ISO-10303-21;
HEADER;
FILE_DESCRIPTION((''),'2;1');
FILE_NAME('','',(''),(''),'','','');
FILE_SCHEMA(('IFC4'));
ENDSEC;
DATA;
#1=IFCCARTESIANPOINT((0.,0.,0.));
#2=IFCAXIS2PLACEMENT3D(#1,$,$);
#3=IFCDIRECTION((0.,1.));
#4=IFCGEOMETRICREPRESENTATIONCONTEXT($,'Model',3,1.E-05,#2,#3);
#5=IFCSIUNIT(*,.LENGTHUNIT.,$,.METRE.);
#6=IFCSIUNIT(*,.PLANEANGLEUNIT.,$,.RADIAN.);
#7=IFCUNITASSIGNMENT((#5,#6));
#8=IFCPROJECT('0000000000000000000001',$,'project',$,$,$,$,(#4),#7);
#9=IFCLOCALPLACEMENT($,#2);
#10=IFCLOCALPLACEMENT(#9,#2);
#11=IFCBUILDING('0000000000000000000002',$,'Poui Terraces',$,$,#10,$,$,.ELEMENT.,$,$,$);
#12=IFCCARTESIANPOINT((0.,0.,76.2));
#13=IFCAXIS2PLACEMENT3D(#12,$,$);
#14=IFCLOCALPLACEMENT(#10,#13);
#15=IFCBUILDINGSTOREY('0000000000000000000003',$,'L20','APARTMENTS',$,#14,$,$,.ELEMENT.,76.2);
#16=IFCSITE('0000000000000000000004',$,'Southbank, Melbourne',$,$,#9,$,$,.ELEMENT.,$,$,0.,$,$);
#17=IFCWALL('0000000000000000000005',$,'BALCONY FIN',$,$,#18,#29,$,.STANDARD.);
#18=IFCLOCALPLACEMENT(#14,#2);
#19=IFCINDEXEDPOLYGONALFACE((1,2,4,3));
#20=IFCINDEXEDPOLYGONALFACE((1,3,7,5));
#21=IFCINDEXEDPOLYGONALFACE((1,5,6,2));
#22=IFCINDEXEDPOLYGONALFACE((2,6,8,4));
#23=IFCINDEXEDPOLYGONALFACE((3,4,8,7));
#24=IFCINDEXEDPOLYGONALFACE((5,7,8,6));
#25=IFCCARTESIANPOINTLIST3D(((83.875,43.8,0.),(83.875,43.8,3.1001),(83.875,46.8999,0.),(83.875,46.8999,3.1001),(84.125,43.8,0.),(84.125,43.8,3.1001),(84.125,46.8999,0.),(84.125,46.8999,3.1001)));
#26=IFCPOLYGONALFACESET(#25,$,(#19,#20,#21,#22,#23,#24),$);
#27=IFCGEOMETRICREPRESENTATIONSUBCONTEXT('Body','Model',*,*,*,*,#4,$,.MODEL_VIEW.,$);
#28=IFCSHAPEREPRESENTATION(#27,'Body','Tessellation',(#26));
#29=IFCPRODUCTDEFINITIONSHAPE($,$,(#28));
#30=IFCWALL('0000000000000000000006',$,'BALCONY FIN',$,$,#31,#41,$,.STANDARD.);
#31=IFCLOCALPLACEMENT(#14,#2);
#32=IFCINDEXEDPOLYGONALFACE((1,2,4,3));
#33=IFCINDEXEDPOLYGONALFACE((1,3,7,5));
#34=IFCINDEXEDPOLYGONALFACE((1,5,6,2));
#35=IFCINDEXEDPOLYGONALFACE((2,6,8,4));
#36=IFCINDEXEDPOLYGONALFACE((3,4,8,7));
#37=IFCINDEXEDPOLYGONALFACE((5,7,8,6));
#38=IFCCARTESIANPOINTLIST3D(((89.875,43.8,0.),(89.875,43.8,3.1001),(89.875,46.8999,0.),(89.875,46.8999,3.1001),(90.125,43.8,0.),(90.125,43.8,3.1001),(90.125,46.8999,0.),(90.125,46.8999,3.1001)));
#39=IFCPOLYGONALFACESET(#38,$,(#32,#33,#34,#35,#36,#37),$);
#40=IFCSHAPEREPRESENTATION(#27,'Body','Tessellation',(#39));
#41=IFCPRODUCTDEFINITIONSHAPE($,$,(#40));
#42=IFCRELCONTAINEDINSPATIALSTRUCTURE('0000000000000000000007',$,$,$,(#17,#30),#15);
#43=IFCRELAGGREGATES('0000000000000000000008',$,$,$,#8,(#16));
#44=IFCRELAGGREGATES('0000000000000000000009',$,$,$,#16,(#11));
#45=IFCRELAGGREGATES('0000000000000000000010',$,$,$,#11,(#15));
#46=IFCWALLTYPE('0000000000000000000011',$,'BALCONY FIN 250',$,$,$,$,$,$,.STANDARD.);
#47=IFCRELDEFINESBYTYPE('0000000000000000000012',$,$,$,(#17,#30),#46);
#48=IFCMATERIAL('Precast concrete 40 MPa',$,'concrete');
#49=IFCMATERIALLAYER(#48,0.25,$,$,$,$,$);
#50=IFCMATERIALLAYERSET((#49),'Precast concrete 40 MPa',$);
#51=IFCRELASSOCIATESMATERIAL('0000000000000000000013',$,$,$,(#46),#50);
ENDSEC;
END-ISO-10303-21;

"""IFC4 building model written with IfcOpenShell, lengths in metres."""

from ifc_helpers import new_model, si_unit, direction, frame, origin, place, context, subcontext, project, spatial, polyline, outline, extrude, source, transform, mapped, material, layer, layer_set, type_object, element, save


model = new_model("IFC4")

# Units and contexts
model_context = context("Model", 3, precision=1e-05, world=origin(), true_north=direction((0.0, 1.0)))
body_context = subcontext(model_context, "Body", "Model", "MODEL_VIEW")
ifc_project = project(units=[si_unit("LENGTHUNIT", "METRE"), si_unit("PLANEANGLEUNIT", "RADIAN")], contexts=[model_context])

# Site, building, storey
site_placement = place(None, origin())
site = spatial("IfcSite", under=ifc_project, at=site_placement, Name="Southbank, Melbourne", CompositionType="ELEMENT", RefElevation=0.0)
building_placement = place(site_placement, origin())
building = spatial("IfcBuilding", under=site, at=building_placement, Name="Poui Terraces", CompositionType="ELEMENT")
storey_placement = place(building_placement, frame((0.0, 0.0, 76.2)))
storey = spatial("IfcBuildingStorey", under=building, at=storey_placement, Name="L20", Description="APARTMENTS", CompositionType="ELEMENT", Elevation=76.2)

# Walls
ifc_material_1 = material(Name="Precast concrete 40 MPa", Category="concrete")
ifc_layer_1 = layer(ifc_material_1, 0.25)
ifc_layer_set_1 = layer_set([ifc_layer_1], Name="Precast concrete 40 MPa")
wall_type_1 = type_object("IfcWallType", Name="BALCONY FIN 250", PredefinedType="STANDARD", material=ifc_layer_set_1)
shared_shape_1 = source(origin(), body_context, "Body", "SweptSolid", [
    extrude(outline(polyline([(0.0, 0.0), (0.25, 0.0), (0.25, 3.0999), (0.0, 3.0999), (0.0, 0.0)])), origin(), (0.0, 0.0, 1.0), 3.1001),
])
for number, where, name in (
    (1, (83.875, 43.8, 0.0), "BALCONY FIN"),
    (2, (89.875, 43.8, 0.0), "BALCONY FIN"),
):
    element("IfcWall", number, at=place(storey_placement, frame(where)), inside=storey, type_object=wall_type_1, Name=name, PredefinedType="STANDARD", context=body_context, shape_type="MappedRepresentation", body=[
        mapped(shared_shape_1, transform((0.0, 0.0, 0.0))),
    ])

save(model, "model.ifc")
